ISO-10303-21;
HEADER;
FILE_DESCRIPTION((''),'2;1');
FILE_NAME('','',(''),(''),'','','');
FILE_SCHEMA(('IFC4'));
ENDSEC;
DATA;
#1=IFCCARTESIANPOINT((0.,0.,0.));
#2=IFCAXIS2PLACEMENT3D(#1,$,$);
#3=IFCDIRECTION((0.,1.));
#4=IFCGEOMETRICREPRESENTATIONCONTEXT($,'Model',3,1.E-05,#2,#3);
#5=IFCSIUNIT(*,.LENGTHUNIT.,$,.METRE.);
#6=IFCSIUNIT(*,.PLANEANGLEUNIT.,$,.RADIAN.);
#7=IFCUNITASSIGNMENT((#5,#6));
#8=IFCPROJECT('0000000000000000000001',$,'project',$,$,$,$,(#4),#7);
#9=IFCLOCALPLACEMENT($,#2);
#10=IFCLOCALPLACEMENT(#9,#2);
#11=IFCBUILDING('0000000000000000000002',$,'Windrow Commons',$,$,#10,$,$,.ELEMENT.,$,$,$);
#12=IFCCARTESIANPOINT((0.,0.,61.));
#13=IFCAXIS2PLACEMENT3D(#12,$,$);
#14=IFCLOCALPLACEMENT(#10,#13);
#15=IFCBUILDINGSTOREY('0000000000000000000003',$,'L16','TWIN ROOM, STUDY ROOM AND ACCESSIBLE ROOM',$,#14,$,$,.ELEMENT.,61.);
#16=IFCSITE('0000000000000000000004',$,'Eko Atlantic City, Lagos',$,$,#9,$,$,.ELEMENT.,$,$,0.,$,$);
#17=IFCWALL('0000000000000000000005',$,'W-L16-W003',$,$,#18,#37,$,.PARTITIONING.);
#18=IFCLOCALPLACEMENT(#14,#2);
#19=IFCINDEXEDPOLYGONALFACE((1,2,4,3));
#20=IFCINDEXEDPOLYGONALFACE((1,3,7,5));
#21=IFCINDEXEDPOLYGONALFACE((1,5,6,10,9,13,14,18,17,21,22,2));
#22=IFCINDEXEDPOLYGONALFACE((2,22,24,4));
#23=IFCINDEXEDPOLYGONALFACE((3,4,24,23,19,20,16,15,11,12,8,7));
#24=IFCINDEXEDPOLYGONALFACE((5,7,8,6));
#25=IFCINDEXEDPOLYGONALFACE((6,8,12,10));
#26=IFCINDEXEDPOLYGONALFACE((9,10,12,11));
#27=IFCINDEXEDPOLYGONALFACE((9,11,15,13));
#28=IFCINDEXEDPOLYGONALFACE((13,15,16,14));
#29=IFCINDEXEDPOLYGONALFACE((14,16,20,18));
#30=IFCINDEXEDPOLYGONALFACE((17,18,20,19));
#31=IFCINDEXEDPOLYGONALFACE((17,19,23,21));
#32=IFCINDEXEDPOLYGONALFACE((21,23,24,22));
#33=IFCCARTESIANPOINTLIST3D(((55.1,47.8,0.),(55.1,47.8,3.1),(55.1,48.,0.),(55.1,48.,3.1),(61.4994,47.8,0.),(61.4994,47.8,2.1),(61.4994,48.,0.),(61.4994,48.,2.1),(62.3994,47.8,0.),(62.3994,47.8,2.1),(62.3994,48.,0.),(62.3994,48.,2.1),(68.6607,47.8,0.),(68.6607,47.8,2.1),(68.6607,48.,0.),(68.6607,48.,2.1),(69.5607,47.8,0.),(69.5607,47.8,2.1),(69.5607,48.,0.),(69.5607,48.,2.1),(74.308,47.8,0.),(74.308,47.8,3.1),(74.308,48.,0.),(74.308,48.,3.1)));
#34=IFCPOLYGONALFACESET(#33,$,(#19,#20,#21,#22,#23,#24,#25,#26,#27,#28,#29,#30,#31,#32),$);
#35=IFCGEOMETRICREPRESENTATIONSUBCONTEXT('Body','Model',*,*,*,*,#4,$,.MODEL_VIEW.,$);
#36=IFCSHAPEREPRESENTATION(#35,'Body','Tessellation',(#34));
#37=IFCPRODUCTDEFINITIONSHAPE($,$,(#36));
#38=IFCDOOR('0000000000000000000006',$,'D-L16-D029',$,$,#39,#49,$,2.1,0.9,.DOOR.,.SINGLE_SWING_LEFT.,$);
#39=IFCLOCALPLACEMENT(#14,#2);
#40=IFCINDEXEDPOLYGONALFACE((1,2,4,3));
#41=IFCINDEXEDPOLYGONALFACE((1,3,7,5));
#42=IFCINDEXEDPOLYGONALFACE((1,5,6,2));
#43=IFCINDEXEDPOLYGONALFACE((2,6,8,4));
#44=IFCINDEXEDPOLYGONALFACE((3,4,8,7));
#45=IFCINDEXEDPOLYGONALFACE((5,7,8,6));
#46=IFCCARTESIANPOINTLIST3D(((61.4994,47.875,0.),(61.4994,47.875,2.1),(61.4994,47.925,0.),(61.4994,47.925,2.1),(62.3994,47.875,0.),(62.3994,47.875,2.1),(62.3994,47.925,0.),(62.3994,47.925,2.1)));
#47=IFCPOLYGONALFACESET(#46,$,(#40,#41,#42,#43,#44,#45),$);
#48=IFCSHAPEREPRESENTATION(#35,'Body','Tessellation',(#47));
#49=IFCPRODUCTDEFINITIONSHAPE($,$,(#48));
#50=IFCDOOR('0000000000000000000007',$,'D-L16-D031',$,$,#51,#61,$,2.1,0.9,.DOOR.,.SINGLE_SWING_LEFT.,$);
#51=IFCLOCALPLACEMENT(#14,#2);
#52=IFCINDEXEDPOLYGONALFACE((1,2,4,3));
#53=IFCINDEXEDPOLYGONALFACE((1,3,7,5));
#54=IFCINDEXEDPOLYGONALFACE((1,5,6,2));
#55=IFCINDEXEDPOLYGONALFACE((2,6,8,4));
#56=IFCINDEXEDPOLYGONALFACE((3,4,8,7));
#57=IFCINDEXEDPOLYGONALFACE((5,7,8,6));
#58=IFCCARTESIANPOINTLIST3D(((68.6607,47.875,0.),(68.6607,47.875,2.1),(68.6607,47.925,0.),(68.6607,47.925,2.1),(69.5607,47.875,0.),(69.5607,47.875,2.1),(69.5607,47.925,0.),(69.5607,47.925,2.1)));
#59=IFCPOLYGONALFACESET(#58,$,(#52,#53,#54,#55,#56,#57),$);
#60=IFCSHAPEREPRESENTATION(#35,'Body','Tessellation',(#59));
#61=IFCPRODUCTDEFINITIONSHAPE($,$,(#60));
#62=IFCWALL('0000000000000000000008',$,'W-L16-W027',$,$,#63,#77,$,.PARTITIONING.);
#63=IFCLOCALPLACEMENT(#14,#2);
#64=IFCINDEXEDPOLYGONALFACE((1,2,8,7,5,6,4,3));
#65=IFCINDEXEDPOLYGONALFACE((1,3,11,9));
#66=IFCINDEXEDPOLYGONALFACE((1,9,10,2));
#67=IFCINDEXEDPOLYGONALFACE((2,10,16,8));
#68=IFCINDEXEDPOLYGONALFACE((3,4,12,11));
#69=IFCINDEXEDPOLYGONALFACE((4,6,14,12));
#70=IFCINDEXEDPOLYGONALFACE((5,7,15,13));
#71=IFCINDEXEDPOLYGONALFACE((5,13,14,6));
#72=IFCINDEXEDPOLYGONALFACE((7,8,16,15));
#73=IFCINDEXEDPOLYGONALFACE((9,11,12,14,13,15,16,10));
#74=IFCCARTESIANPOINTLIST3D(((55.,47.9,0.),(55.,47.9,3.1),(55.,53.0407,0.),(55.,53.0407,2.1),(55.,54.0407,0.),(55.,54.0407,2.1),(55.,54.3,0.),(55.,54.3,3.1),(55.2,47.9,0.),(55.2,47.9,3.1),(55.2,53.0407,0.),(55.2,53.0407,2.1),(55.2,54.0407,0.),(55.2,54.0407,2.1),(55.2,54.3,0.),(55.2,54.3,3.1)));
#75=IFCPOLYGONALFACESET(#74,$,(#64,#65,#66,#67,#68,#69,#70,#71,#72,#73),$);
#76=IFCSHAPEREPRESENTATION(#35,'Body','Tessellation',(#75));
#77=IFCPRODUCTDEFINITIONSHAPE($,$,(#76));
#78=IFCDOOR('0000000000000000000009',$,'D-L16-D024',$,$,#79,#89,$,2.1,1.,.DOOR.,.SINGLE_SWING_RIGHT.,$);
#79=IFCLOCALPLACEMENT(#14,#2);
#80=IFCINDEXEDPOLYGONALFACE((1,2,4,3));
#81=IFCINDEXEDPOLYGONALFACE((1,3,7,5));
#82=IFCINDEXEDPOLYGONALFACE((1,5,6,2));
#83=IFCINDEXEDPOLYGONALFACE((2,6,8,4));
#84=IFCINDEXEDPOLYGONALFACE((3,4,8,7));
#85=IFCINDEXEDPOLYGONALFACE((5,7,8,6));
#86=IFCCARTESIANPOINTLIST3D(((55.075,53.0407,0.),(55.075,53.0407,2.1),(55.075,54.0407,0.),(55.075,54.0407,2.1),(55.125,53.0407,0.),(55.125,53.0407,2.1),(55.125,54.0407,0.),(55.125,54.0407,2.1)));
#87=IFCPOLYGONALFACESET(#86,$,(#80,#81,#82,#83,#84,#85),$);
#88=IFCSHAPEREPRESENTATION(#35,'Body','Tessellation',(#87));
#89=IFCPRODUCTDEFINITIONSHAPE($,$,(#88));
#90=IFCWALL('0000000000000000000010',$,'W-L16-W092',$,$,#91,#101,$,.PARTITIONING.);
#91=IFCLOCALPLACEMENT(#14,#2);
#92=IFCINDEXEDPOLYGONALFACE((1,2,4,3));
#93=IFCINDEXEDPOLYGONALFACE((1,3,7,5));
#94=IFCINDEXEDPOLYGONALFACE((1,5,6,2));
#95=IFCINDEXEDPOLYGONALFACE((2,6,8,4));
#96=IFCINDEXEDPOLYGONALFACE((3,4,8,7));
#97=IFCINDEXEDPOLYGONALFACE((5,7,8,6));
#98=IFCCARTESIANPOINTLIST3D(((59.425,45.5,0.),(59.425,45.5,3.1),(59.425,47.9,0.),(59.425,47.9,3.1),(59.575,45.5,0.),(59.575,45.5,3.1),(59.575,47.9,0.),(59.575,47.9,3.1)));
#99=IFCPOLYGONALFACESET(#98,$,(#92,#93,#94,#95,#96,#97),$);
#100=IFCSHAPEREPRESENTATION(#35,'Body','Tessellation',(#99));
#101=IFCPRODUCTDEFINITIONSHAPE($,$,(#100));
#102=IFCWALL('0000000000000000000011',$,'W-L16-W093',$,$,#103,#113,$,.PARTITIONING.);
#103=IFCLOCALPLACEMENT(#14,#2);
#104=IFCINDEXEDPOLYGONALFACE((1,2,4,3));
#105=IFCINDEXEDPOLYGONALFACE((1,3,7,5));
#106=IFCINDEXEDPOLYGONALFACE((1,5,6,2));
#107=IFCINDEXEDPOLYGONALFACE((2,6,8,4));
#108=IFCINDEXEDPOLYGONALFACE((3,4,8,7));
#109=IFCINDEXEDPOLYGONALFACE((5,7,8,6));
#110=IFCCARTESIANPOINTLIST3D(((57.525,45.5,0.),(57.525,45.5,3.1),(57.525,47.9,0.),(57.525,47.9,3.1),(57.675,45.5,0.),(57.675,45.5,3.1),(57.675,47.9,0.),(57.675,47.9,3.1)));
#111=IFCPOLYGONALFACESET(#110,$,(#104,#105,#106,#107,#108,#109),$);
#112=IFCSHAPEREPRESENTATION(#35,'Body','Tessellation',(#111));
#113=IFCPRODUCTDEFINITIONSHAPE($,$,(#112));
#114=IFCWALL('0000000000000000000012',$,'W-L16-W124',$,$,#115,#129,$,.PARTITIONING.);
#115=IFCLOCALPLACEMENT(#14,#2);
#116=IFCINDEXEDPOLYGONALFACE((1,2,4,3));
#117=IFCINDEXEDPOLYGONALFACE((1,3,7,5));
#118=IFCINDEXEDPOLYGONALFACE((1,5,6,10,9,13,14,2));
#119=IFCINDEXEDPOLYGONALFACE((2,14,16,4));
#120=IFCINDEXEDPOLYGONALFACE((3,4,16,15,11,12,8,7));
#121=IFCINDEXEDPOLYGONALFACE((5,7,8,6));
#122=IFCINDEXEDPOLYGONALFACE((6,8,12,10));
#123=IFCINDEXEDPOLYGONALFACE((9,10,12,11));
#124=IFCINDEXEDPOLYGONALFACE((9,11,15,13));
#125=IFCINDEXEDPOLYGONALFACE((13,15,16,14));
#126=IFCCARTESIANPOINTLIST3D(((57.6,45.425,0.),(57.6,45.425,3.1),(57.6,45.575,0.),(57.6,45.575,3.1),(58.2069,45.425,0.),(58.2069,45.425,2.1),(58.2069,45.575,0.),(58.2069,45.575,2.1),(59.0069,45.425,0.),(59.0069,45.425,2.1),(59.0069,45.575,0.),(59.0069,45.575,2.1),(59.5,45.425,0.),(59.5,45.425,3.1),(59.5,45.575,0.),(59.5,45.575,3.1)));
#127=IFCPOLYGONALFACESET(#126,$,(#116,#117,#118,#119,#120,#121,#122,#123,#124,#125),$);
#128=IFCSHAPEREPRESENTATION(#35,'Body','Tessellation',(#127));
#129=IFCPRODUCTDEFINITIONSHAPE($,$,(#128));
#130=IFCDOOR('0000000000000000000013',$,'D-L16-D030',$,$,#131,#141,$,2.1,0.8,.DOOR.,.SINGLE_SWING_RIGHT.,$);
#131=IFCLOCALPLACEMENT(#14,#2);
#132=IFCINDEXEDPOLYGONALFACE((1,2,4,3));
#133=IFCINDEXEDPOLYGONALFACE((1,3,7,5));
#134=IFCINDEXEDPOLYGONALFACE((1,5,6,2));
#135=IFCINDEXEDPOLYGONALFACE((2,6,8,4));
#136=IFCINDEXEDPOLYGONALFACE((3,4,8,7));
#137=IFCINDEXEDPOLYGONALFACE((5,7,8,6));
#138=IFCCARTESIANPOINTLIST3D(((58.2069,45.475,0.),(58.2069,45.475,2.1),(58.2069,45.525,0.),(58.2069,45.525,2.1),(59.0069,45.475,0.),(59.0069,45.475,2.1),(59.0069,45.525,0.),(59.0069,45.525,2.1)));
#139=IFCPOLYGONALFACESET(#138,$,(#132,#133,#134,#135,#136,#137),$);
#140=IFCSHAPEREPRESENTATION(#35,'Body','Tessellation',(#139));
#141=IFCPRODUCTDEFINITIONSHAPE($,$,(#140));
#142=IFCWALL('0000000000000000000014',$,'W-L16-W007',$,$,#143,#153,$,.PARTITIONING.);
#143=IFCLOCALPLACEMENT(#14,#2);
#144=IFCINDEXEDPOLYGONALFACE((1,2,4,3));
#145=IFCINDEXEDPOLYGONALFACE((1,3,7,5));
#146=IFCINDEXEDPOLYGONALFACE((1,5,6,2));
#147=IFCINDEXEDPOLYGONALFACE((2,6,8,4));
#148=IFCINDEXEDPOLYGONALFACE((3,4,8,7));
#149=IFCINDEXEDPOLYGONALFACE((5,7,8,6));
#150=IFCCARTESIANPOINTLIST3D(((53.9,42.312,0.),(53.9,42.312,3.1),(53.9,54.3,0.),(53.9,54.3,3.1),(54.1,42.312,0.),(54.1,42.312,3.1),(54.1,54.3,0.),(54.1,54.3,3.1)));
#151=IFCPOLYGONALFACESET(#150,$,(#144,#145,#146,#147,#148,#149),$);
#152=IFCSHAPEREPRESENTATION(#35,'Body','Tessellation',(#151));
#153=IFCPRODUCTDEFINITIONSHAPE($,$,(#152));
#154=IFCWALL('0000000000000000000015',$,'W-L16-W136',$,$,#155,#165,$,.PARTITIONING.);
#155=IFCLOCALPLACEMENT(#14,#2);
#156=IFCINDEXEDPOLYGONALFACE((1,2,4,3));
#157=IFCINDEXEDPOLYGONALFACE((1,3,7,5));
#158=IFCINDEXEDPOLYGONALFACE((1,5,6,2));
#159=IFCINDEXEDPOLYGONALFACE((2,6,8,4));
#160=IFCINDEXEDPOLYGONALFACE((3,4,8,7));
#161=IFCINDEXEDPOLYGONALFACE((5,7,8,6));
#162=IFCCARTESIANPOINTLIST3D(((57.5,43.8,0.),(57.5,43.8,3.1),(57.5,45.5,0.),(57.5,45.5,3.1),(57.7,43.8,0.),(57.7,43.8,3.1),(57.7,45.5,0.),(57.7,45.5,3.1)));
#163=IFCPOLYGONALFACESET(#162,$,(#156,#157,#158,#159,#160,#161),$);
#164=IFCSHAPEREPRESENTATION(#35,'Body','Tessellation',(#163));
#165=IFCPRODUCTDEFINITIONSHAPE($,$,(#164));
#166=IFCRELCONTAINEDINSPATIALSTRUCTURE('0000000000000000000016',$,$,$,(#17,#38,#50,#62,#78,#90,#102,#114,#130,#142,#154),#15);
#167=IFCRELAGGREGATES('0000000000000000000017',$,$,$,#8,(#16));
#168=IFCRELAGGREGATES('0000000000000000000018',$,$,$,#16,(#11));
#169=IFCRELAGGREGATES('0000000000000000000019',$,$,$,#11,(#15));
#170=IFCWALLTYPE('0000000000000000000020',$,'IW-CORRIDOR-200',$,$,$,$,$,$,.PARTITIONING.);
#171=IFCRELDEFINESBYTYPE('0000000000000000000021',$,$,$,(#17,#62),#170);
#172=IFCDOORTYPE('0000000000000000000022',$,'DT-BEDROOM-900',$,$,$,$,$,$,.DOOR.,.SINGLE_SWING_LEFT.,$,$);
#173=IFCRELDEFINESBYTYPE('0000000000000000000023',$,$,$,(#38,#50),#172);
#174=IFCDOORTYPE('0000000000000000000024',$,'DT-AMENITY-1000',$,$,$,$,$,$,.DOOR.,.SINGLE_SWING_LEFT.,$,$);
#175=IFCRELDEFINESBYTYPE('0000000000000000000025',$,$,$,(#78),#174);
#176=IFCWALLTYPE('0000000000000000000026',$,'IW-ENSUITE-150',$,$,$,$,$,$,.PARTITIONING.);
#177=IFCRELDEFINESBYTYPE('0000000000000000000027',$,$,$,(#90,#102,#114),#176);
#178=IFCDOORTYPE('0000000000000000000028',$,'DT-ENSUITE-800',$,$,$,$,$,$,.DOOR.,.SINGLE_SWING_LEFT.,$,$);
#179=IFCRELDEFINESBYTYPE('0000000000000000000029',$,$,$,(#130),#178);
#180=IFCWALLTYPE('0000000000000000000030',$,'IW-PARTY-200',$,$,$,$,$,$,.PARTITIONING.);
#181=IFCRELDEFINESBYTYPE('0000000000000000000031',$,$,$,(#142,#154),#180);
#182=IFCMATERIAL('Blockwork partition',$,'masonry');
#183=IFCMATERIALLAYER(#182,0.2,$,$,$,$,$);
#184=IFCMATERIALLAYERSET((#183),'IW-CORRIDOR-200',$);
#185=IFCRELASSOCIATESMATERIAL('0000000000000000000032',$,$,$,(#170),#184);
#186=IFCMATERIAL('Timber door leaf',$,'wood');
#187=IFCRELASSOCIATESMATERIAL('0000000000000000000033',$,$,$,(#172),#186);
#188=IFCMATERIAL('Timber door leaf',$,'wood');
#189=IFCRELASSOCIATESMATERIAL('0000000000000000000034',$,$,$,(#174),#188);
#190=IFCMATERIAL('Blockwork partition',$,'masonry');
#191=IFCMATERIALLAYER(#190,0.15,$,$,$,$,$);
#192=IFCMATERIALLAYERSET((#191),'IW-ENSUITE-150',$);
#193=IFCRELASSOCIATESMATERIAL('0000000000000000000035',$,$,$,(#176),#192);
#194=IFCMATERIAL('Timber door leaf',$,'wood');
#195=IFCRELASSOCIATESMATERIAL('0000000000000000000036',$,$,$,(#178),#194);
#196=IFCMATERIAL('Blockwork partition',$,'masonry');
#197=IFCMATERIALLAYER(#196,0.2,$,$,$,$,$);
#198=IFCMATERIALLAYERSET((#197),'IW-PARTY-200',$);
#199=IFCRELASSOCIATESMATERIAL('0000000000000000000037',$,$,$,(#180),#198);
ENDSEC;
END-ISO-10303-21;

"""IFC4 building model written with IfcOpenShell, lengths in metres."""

from ifc_helpers import new_model, si_unit, direction, frame, frame_2d, origin, place, context, subcontext, project, spatial, rectangle, extrude, material, layer, layer_set, type_object, element, fill, save


model = new_model("IFC4")

# Units and contexts
model_context = context("Model", 3, precision=1e-05, world=origin(), true_north=direction((0.0, 1.0)))
body_context = subcontext(model_context, "Body", "Model", "MODEL_VIEW")
ifc_project = project(units=[si_unit("LENGTHUNIT", "METRE"), si_unit("PLANEANGLEUNIT", "RADIAN")], contexts=[model_context])

# Site, building, storey
site_placement = place(None, origin())
site = spatial("IfcSite", under=ifc_project, at=site_placement, Name="Eko Atlantic City, Lagos", CompositionType="ELEMENT", RefElevation=0.0)
building_placement = place(site_placement, origin())
building = spatial("IfcBuilding", under=site, at=building_placement, Name="Windrow Commons", CompositionType="ELEMENT")
storey_placement = place(building_placement, frame((0.0, 0.0, 61.0)))
storey = spatial("IfcBuildingStorey", under=building, at=storey_placement, Name="L16", Description="TWIN ROOM, STUDY ROOM AND ACCESSIBLE ROOM", CompositionType="ELEMENT", Elevation=61.0)

# Wall, openings, doors
ifc_material_1 = material(Name="Blockwork partition", Category="masonry")
ifc_layer_1 = layer(ifc_material_1, 0.2)
ifc_layer_set_1 = layer_set([ifc_layer_1], Name="IW-CORRIDOR-200")
wall_type_1 = type_object("IfcWallType", Name="IW-CORRIDOR-200", PredefinedType="PARTITIONING", material=ifc_layer_set_1)
wall_1_placement = place(storey_placement, frame((55.1, 47.9, 0.0), z_axis=(0.0, 0.0, 1.0), x_axis=(1.0, 0.0, 0.0)))
wall_1 = element("IfcWall", 1, at=wall_1_placement, inside=storey, type_object=wall_type_1, Name="W-L16-W003", PredefinedType="PARTITIONING", context=body_context, shape_type="SweptSolid", body=[
    extrude(rectangle(XDim=19.208, YDim=0.2, at=frame_2d((9.604, 0.0))), origin(), (0.0, 0.0, 1.0), 3.1),
])
opening_1_placement = place(wall_1_placement, frame((6.3994, 0.0, 0.0)))
opening_1 = element("IfcOpeningElement", 2, at=opening_1_placement, cuts=wall_1, PredefinedType="OPENING", context=body_context, shape_type="SweptSolid", body=[
    extrude(rectangle(XDim=0.9, YDim=2.1, at=frame_2d((0.45, 1.05))), frame((0.0, 0.11, 0.0), z_axis=(0.0, -1.0, 0.0), x_axis=(1.0, 0.0, 0.0)), (0.0, 0.0, 1.0), 0.22),
])
opening_2_placement = place(wall_1_placement, frame((13.5607, 0.0, 0.0)))
opening_2 = element("IfcOpeningElement", 3, at=opening_2_placement, cuts=wall_1, PredefinedType="OPENING", context=body_context, shape_type="SweptSolid", body=[
    extrude(rectangle(XDim=0.9, YDim=2.1, at=frame_2d((0.45, 1.05))), frame((0.0, 0.11, 0.0), z_axis=(0.0, -1.0, 0.0), x_axis=(1.0, 0.0, 0.0)), (0.0, 0.0, 1.0), 0.22),
])
ifc_material_2 = material(Name="Timber door leaf", Category="wood")
door_type_1 = type_object("IfcDoorType", Name="DT-BEDROOM-900", OperationType="SINGLE_SWING_LEFT", PredefinedType="DOOR", material=ifc_material_2)
door_1_placement = place(opening_1_placement, origin())
door_1 = element("IfcDoor", 4, at=door_1_placement, inside=storey, type_object=door_type_1, Name="D-L16-D029", OperationType="SINGLE_SWING_LEFT", OverallHeight=2.1, OverallWidth=0.9, PredefinedType="DOOR", context=body_context, shape_type="SweptSolid", body=[
    extrude(rectangle(XDim=0.9, YDim=2.1, at=frame_2d((0.45, 1.05))), frame((0.0, 0.025, 0.0), z_axis=(0.0, -1.0, 0.0), x_axis=(1.0, 0.0, 0.0)), (0.0, 0.0, 1.0), 0.05),
])
fill(opening_1, door_1)
door_2_placement = place(opening_2_placement, origin())
door_2 = element("IfcDoor", 5, at=door_2_placement, inside=storey, type_object=door_type_1, Name="D-L16-D031", OperationType="SINGLE_SWING_LEFT", OverallHeight=2.1, OverallWidth=0.9, PredefinedType="DOOR", context=body_context, shape_type="SweptSolid", body=[
    extrude(rectangle(XDim=0.9, YDim=2.1, at=frame_2d((0.45, 1.05))), frame((0.0, 0.025, 0.0), z_axis=(0.0, -1.0, 0.0), x_axis=(1.0, 0.0, 0.0)), (0.0, 0.0, 1.0), 0.05),
])
fill(opening_2, door_2)

# Wall, opening, door
wall_2_placement = place(storey_placement, frame((55.1, 47.9, 0.0), z_axis=(0.0, 0.0, 1.0), x_axis=(0.0, 1.0, 0.0)))
wall_2 = element("IfcWall", 6, at=wall_2_placement, inside=storey, type_object=wall_type_1, Name="W-L16-W027", PredefinedType="PARTITIONING", context=body_context, shape_type="SweptSolid", body=[
    extrude(rectangle(XDim=6.4, YDim=0.2, at=frame_2d((3.2, 0.0))), origin(), (0.0, 0.0, 1.0), 3.1),
])
opening_3_placement = place(wall_2_placement, frame((5.1407, 0.0, 0.0)))
opening_3 = element("IfcOpeningElement", 7, at=opening_3_placement, cuts=wall_2, PredefinedType="OPENING", context=body_context, shape_type="SweptSolid", body=[
    extrude(rectangle(XDim=1.0, YDim=2.1, at=frame_2d((0.5, 1.05))), frame((0.0, 0.11, 0.0), z_axis=(0.0, -1.0, 0.0), x_axis=(1.0, 0.0, 0.0)), (0.0, 0.0, 1.0), 0.22),
])
ifc_material_3 = material(Name="Timber door leaf", Category="wood")
door_type_2 = type_object("IfcDoorType", Name="DT-AMENITY-1000", OperationType="SINGLE_SWING_LEFT", PredefinedType="DOOR", material=ifc_material_3)
door_3_placement = place(opening_3_placement, origin())
door_3 = element("IfcDoor", 8, at=door_3_placement, inside=storey, type_object=door_type_2, Name="D-L16-D024", OperationType="SINGLE_SWING_RIGHT", OverallHeight=2.1, OverallWidth=1.0, PredefinedType="DOOR", context=body_context, shape_type="SweptSolid", body=[
    extrude(rectangle(XDim=1.0, YDim=2.1, at=frame_2d((0.5, 1.05))), frame((0.0, 0.025, 0.0), z_axis=(0.0, -1.0, 0.0), x_axis=(1.0, 0.0, 0.0)), (0.0, 0.0, 1.0), 0.05),
])
fill(opening_3, door_3)

# Walls
ifc_material_4 = material(Name="Blockwork partition", Category="masonry")
ifc_layer_2 = layer(ifc_material_4, 0.15)
ifc_layer_set_2 = layer_set([ifc_layer_2], Name="IW-ENSUITE-150")
wall_type_2 = type_object("IfcWallType", Name="IW-ENSUITE-150", PredefinedType="PARTITIONING", material=ifc_layer_set_2)
for number, where, z_axis, x_axis, name in (
    (9, (59.5, 45.5, 0.0), (0.0, 0.0, 1.0), (0.0, 1.0, 0.0), "W-L16-W092"),
    (10, (57.6, 45.5, 0.0), (0.0, 0.0, 1.0), (0.0, 1.0, 0.0), "W-L16-W093"),
):
    element("IfcWall", number, at=place(storey_placement, frame(where, z_axis=z_axis, x_axis=x_axis)), inside=storey, type_object=wall_type_2, Name=name, PredefinedType="PARTITIONING", context=body_context, shape_type="SweptSolid", body=[
        extrude(rectangle(XDim=2.4, YDim=0.15, at=frame_2d((1.2, 0.0))), origin(), (0.0, 0.0, 1.0), 3.1),
    ])

# Wall, opening, door
wall_3_placement = place(storey_placement, frame((57.6, 45.5, 0.0), z_axis=(0.0, 0.0, 1.0), x_axis=(1.0, 0.0, 0.0)))
wall_3 = element("IfcWall", 11, at=wall_3_placement, inside=storey, type_object=wall_type_2, Name="W-L16-W124", PredefinedType="PARTITIONING", context=body_context, shape_type="SweptSolid", body=[
    extrude(rectangle(XDim=1.9, YDim=0.15, at=frame_2d((0.95, 0.0))), origin(), (0.0, 0.0, 1.0), 3.1),
])
opening_4_placement = place(wall_3_placement, frame((0.6069, 0.0, 0.0)))
opening_4 = element("IfcOpeningElement", 12, at=opening_4_placement, cuts=wall_3, PredefinedType="OPENING", context=body_context, shape_type="SweptSolid", body=[
    extrude(rectangle(XDim=0.8, YDim=2.1, at=frame_2d((0.4, 1.05))), frame((0.0, 0.085, 0.0), z_axis=(0.0, -1.0, 0.0), x_axis=(1.0, 0.0, 0.0)), (0.0, 0.0, 1.0), 0.17),
])
ifc_material_5 = material(Name="Timber door leaf", Category="wood")
door_type_3 = type_object("IfcDoorType", Name="DT-ENSUITE-800", OperationType="SINGLE_SWING_LEFT", PredefinedType="DOOR", material=ifc_material_5)
door_4_placement = place(opening_4_placement, origin())
door_4 = element("IfcDoor", 13, at=door_4_placement, inside=storey, type_object=door_type_3, Name="D-L16-D030", OperationType="SINGLE_SWING_RIGHT", OverallHeight=2.1, OverallWidth=0.8, PredefinedType="DOOR", context=body_context, shape_type="SweptSolid", body=[
    extrude(rectangle(XDim=0.8, YDim=2.1, at=frame_2d((0.4, 1.05))), frame((0.0, 0.025, 0.0), z_axis=(0.0, -1.0, 0.0), x_axis=(1.0, 0.0, 0.0)), (0.0, 0.0, 1.0), 0.05),
])
fill(opening_4, door_4)

# Walls
ifc_material_6 = material(Name="Blockwork partition", Category="masonry")
ifc_layer_3 = layer(ifc_material_6, 0.2)
ifc_layer_set_3 = layer_set([ifc_layer_3], Name="IW-PARTY-200")
wall_type_3 = type_object("IfcWallType", Name="IW-PARTY-200", PredefinedType="PARTITIONING", material=ifc_layer_set_3)
wall_4_placement = place(storey_placement, frame((54.0, 42.3121, 0.0), z_axis=(0.0, 0.0, 1.0), x_axis=(0.0, 1.0, 0.0)))
element("IfcWall", 14, at=wall_4_placement, inside=storey, type_object=wall_type_3, Name="W-L16-W007", PredefinedType="PARTITIONING", context=body_context, shape_type="SweptSolid", body=[
    extrude(rectangle(XDim=11.9879, YDim=0.2, at=frame_2d((5.9939, 0.0))), origin(), (0.0, 0.0, 1.0), 3.1),
])
wall_5_placement = place(storey_placement, frame((57.6, 43.8, 0.0), z_axis=(0.0, 0.0, 1.0), x_axis=(0.0, 1.0, 0.0)))
element("IfcWall", 15, at=wall_5_placement, inside=storey, type_object=wall_type_3, Name="W-L16-W136", PredefinedType="PARTITIONING", context=body_context, shape_type="SweptSolid", body=[
    extrude(rectangle(XDim=1.7, YDim=0.2, at=frame_2d((0.85, 0.0))), origin(), (0.0, 0.0, 1.0), 3.1),
])

save(model, "model.ifc")
